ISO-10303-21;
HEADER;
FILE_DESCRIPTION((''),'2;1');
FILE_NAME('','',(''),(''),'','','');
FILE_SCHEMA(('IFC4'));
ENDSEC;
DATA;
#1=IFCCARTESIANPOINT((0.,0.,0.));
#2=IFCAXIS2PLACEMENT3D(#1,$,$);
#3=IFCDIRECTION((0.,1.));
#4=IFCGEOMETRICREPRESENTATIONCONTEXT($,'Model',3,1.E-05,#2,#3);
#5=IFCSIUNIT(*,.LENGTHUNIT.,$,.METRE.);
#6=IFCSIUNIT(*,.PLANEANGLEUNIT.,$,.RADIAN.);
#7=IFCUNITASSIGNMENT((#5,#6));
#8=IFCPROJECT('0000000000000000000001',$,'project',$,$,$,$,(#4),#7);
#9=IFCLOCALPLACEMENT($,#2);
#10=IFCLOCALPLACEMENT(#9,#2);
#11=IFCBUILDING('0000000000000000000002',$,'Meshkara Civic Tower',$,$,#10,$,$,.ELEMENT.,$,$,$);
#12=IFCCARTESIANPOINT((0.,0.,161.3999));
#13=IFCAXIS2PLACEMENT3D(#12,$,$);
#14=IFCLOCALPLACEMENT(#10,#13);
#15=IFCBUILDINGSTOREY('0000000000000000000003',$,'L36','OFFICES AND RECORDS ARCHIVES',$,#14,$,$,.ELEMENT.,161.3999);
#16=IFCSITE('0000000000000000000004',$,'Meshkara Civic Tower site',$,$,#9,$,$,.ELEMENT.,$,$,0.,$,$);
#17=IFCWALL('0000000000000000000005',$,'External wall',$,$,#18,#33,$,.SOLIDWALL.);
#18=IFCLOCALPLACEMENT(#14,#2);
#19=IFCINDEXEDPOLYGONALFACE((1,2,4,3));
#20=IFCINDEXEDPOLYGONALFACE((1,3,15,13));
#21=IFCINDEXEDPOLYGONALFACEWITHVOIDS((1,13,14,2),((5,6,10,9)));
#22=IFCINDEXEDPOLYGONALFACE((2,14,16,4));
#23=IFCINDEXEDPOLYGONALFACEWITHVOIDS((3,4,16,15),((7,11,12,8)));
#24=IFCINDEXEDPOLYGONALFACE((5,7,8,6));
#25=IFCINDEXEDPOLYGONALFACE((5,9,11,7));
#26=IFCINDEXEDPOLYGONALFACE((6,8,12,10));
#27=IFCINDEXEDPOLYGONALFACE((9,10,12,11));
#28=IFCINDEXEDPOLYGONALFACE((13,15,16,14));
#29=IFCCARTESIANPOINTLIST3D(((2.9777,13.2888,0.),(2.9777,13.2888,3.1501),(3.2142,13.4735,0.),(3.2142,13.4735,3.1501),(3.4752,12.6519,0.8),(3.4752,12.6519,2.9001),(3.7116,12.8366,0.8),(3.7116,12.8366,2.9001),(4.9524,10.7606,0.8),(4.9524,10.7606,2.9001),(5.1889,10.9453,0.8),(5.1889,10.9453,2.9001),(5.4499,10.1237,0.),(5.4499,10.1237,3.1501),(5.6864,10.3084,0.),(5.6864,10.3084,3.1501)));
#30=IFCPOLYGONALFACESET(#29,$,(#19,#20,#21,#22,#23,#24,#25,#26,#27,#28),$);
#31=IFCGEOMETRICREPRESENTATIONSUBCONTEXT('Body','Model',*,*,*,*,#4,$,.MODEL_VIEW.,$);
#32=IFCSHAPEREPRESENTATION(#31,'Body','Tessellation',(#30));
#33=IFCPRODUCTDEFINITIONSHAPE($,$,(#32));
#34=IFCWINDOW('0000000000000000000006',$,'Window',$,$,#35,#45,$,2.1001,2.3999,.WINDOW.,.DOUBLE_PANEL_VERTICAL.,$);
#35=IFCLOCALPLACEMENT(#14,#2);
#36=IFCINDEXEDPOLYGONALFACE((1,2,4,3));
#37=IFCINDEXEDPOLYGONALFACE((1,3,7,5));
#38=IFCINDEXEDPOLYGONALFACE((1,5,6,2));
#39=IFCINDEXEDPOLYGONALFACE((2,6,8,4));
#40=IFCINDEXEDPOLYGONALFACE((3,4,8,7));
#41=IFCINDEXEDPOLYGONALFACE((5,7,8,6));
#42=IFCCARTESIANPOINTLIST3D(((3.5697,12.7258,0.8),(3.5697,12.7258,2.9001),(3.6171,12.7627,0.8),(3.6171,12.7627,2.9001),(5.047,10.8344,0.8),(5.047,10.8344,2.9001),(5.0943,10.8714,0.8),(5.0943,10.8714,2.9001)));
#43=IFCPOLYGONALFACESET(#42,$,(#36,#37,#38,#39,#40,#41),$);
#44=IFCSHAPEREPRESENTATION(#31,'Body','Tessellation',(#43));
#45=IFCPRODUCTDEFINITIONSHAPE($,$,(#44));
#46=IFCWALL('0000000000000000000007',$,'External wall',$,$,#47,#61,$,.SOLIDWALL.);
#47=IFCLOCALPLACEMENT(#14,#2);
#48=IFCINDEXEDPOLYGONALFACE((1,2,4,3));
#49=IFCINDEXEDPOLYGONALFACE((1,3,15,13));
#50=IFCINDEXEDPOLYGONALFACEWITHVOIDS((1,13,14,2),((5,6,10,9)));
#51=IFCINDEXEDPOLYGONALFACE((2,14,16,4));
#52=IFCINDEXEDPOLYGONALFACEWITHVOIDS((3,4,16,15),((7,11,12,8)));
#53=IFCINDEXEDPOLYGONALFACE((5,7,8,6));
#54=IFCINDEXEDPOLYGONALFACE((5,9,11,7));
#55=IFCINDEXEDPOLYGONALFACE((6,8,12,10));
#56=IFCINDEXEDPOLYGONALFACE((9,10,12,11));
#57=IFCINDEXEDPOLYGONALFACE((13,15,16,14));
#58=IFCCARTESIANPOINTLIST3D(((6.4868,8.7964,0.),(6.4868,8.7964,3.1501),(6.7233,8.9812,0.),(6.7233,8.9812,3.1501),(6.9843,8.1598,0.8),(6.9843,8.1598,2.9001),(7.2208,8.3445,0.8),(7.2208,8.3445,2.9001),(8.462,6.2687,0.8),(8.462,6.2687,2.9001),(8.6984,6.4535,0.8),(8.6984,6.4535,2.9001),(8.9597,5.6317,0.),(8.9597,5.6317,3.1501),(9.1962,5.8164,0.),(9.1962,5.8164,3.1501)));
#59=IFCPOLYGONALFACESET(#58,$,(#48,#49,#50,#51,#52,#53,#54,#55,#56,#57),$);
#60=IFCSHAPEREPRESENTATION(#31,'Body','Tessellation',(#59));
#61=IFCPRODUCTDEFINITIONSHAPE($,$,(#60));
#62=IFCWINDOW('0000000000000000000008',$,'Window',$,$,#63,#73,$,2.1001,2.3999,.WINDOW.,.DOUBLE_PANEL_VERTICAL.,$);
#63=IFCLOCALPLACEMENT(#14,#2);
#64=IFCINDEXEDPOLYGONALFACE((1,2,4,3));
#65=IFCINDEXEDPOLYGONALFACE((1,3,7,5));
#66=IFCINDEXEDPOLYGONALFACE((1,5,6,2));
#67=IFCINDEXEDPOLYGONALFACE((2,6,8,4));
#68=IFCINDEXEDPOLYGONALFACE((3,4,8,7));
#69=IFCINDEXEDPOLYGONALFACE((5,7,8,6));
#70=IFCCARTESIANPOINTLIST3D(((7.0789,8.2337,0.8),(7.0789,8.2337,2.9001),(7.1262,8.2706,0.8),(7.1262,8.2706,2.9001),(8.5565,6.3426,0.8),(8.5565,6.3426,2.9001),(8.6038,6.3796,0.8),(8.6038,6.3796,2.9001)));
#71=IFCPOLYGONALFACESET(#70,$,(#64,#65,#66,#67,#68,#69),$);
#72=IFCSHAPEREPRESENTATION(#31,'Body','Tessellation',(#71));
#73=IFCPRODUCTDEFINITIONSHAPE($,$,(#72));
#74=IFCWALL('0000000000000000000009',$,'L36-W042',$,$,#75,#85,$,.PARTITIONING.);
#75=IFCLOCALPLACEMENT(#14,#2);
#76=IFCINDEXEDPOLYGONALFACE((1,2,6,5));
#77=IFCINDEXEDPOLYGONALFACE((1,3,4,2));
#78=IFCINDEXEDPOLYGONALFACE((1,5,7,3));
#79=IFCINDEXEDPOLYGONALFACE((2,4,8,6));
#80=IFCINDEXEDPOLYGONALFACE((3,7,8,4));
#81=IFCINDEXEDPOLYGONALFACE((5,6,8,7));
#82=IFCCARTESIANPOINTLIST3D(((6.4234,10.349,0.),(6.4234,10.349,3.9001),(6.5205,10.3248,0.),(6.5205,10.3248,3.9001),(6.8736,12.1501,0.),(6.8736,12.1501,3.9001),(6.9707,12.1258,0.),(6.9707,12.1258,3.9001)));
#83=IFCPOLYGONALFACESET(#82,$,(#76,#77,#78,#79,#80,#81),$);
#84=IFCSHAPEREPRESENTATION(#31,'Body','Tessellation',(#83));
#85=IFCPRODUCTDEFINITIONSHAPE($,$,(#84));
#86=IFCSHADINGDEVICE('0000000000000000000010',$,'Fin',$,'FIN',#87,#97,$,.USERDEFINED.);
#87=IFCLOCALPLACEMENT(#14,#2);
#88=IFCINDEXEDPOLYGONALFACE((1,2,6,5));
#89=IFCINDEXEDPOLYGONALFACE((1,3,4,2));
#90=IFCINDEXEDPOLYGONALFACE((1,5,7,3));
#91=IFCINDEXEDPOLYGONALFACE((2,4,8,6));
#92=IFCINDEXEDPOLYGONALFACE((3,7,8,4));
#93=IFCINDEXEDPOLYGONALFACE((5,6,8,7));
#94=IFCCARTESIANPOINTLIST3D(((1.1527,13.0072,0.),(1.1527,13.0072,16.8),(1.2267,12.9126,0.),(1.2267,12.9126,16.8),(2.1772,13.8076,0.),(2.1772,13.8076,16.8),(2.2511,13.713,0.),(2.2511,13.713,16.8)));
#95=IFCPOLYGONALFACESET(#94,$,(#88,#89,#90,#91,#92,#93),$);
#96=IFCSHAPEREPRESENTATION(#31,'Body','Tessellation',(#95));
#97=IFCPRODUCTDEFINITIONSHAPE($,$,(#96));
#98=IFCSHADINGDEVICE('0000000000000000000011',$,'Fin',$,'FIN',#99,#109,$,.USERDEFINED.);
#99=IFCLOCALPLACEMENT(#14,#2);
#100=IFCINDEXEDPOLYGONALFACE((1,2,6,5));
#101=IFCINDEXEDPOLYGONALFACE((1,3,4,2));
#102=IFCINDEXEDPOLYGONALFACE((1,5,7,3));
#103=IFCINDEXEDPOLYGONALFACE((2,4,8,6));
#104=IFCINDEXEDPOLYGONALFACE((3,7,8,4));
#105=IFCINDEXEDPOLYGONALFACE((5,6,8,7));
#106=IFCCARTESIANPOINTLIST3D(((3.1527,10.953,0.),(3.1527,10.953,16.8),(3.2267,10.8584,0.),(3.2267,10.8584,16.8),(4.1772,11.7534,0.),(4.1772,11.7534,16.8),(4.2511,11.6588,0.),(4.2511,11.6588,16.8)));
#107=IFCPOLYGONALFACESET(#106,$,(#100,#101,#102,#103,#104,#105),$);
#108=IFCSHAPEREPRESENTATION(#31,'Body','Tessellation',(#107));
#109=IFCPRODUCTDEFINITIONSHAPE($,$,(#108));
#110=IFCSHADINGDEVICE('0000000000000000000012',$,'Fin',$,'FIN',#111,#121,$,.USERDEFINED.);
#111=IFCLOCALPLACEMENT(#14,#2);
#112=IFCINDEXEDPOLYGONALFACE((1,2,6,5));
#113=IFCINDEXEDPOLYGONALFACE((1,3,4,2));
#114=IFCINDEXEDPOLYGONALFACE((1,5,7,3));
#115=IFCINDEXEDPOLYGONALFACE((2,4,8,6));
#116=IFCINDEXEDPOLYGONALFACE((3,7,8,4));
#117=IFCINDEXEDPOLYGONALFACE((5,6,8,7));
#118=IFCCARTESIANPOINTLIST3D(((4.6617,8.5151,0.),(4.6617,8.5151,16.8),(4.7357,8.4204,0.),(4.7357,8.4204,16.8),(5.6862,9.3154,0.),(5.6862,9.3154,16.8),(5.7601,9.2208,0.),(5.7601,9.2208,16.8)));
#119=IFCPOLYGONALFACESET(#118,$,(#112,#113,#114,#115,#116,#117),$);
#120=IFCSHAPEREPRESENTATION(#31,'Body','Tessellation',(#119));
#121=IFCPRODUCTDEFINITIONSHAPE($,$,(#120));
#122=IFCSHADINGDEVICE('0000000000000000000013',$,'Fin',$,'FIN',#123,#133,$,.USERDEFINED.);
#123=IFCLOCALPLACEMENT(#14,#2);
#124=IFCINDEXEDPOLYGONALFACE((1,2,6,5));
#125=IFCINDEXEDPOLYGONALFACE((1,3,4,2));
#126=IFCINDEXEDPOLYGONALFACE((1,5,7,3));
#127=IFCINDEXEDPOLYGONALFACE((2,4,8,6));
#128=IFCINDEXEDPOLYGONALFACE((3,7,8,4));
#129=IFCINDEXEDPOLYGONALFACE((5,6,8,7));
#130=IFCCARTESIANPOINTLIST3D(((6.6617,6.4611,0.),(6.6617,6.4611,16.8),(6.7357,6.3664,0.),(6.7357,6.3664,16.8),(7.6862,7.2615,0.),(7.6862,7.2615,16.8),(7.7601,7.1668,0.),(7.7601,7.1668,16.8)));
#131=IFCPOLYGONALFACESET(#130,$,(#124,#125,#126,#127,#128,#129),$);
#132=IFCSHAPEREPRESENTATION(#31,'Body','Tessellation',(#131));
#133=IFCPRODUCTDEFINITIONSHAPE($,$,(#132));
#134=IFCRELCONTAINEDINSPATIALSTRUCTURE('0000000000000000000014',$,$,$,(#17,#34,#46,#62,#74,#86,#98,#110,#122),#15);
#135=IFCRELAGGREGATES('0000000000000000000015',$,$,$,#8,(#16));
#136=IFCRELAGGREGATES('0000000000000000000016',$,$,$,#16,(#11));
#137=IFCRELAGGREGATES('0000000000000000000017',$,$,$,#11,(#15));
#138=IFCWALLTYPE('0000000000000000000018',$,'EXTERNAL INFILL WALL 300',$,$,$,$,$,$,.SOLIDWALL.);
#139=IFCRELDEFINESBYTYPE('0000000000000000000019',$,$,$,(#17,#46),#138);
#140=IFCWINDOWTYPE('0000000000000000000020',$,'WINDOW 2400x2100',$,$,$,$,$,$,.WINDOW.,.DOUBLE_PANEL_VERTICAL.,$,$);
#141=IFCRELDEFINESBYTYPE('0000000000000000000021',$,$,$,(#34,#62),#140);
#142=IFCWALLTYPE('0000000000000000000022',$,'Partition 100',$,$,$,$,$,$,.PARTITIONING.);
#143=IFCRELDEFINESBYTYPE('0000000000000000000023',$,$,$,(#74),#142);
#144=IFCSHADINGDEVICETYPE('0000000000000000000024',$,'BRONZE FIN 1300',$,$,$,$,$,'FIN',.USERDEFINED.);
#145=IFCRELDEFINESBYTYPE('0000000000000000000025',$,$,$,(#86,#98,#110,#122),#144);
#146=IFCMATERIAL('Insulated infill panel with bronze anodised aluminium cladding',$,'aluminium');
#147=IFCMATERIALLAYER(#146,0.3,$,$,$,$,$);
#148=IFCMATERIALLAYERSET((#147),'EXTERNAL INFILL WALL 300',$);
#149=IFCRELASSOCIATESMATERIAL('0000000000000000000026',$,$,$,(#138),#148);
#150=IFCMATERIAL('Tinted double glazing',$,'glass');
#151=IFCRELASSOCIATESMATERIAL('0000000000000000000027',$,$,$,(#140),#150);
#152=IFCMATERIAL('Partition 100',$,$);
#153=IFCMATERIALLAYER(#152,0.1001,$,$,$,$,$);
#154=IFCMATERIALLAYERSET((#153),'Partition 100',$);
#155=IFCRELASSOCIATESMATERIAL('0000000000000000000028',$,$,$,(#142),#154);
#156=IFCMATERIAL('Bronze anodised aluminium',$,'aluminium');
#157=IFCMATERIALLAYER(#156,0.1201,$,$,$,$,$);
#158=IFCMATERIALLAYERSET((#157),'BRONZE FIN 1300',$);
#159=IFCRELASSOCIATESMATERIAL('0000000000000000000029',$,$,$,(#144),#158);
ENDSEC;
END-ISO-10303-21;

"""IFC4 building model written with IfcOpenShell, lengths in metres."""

from ifc_helpers import new_model, si_unit, direction, frame, frame_2d, origin, origin_2d, place, context, subcontext, project, spatial, rectangle, extrude, material, layer, layer_set, type_object, element, fill, save


model = new_model("IFC4")

# Units and contexts
model_context = context("Model", 3, precision=1e-05, world=origin(), true_north=direction((0.0, 1.0)))
body_context = subcontext(model_context, "Body", "Model", "MODEL_VIEW")
ifc_project = project(units=[si_unit("LENGTHUNIT", "METRE"), si_unit("PLANEANGLEUNIT", "RADIAN")], contexts=[model_context])

# Site, building, storey
site_placement = place(None, origin())
site = spatial("IfcSite", under=ifc_project, at=site_placement, Name="Meshkara Civic Tower site", CompositionType="ELEMENT", RefElevation=0.0)
building_placement = place(site_placement, origin())
building = spatial("IfcBuilding", under=site, at=building_placement, Name="Meshkara Civic Tower", CompositionType="ELEMENT")
storey_placement = place(building_placement, frame((0.0, 0.0, 161.3999)))
storey = spatial("IfcBuildingStorey", under=building, at=storey_placement, Name="L36", Description="OFFICES AND RECORDS ARCHIVES", CompositionType="ELEMENT", Elevation=161.3999)

# Walls, openings, windows
ifc_material_1 = material(Name="Insulated infill panel with bronze anodised aluminium cladding", Category="aluminium")
ifc_layer_1 = layer(ifc_material_1, 0.3)
ifc_layer_set_1 = layer_set([ifc_layer_1], Name="EXTERNAL INFILL WALL 300")
wall_type_1 = type_object("IfcWallType", Name="EXTERNAL INFILL WALL 300", PredefinedType="SOLIDWALL", material=ifc_layer_set_1)
wall_1_placement = place(storey_placement, frame((3.0959, 13.3811, 0.0), z_axis=(0.0, 0.0, 1.0), x_axis=(0.615564, -0.788087, 0.0)))
wall_1 = element("IfcWall", 1, at=wall_1_placement, inside=storey, type_object=wall_type_1, Name="External wall", PredefinedType="SOLIDWALL", context=body_context, shape_type="SweptSolid", body=[
    extrude(rectangle(XDim=4.0161, YDim=0.3, at=frame_2d((2.0081, 0.0))), origin(), (0.0, 0.0, 1.0), 3.1501),
])
opening_1_placement = place(wall_1_placement, frame((0.8081, 0.0, 0.8)))
opening_1 = element("IfcOpeningElement", 2, at=opening_1_placement, cuts=wall_1, PredefinedType="OPENING", context=body_context, shape_type="SweptSolid", body=[
    extrude(rectangle(XDim=2.3999, YDim=2.1001, at=frame_2d((1.2, 1.05))), frame((0.0, 0.1599, 0.0), z_axis=(0.0, -1.0, 0.0), x_axis=(1.0, 0.0, 0.0)), (0.0, 0.0, 1.0), 0.3201),
])
ifc_material_2 = material(Name="Tinted double glazing", Category="glass")
window_type = type_object("IfcWindowType", Name="WINDOW 2400x2100", PartitioningType="DOUBLE_PANEL_VERTICAL", PredefinedType="WINDOW", material=ifc_material_2)
window_1_placement = place(opening_1_placement, origin())
window_1 = element("IfcWindow", 3, at=window_1_placement, inside=storey, type_object=window_type, Name="Window", OverallHeight=2.1001, OverallWidth=2.3999, PartitioningType="DOUBLE_PANEL_VERTICAL", PredefinedType="WINDOW", context=body_context, shape_type="SweptSolid", body=[
    extrude(rectangle(XDim=2.3999, YDim=2.1001, at=frame_2d((1.2, 1.05))), frame((0.0, 0.03, 0.0), z_axis=(0.0, -1.0, 0.0), x_axis=(1.0, 0.0, 0.0)), (0.0, 0.0, 1.0), 0.0601),
])
fill(opening_1, window_1)
wall_2_placement = place(storey_placement, frame((6.605, 8.8889, 0.0), z_axis=(0.0, 0.0, 1.0), x_axis=(0.615707, -0.787976, 0.0)))
wall_2 = element("IfcWall", 4, at=wall_2_placement, inside=storey, type_object=wall_type_1, Name="External wall", PredefinedType="SOLIDWALL", context=body_context, shape_type="SweptSolid", body=[
    extrude(rectangle(XDim=4.0164, YDim=0.3, at=frame_2d((2.0083, 0.0))), origin(), (0.0, 0.0, 1.0), 3.1501),
])
opening_2_placement = place(wall_2_placement, frame((0.8081, 0.0, 0.8)))
opening_2 = element("IfcOpeningElement", 5, at=opening_2_placement, cuts=wall_2, PredefinedType="OPENING", context=body_context, shape_type="SweptSolid", body=[
    extrude(rectangle(XDim=2.3999, YDim=2.1001, at=frame_2d((1.2, 1.05))), frame((0.0, 0.1599, 0.0), z_axis=(0.0, -1.0, 0.0), x_axis=(1.0, 0.0, 0.0)), (0.0, 0.0, 1.0), 0.3201),
])
window_2_placement = place(opening_2_placement, origin())
window_2 = element("IfcWindow", 6, at=window_2_placement, inside=storey, type_object=window_type, Name="Window", OverallHeight=2.1001, OverallWidth=2.3999, PartitioningType="DOUBLE_PANEL_VERTICAL", PredefinedType="WINDOW", context=body_context, shape_type="SweptSolid", body=[
    extrude(rectangle(XDim=2.3999, YDim=2.1001, at=frame_2d((1.2, 1.05))), frame((0.0, 0.03, 0.0), z_axis=(0.0, -1.0, 0.0), x_axis=(1.0, 0.0, 0.0)), (0.0, 0.0, 1.0), 0.0601),
])
fill(opening_2, window_2)

# Wall
ifc_material_3 = material(Name="Partition 100")
ifc_layer_2 = layer(ifc_material_3, 0.1001)
ifc_layer_set_2 = layer_set([ifc_layer_2], Name="Partition 100")
wall_type_2 = type_object("IfcWallType", Name="Partition 100", PredefinedType="PARTITIONING", material=ifc_layer_set_2)
wall_3_placement = place(storey_placement, frame((6.9221, 12.1379, 0.0), z_axis=(0.0, 0.0, 1.0), x_axis=(-0.242505, -0.97015, 0.0)))
element("IfcWall", 7, at=wall_3_placement, inside=storey, type_object=wall_type_2, Name="L36-W042", PredefinedType="PARTITIONING", context=body_context, shape_type="SweptSolid", body=[
    extrude(rectangle(XDim=1.8564, YDim=0.1001, at=frame_2d((0.9282, 0.0))), origin(), (0.0, 0.0, 1.0), 3.9001),
])

# Shading devices
ifc_material_4 = material(Name="Bronze anodised aluminium", Category="aluminium")
ifc_layer_3 = layer(ifc_material_4, 0.1201)
ifc_layer_set_3 = layer_set([ifc_layer_3], Name="BRONZE FIN 1300")
shading_device_type = type_object("IfcShadingDeviceType", Name="BRONZE FIN 1300", ElementType="FIN", PredefinedType="USERDEFINED", material=ifc_layer_set_3)
for number, where, z_axis, x_axis, name in (
    (8, (1.7019, 13.3601, 0.0), (0.0, 0.0, 1.0), (0.615661, -0.788011, 0.0), "Fin"),
    (9, (3.7019, 11.3059, 0.0), (0.0, 0.0, 1.0), (0.615661, -0.788011, 0.0), "Fin"),
    (10, (5.2109, 8.8679, 0.0), (0.0, 0.0, 1.0), (0.615661, -0.788011, 0.0), "Fin"),
    (11, (7.2109, 6.814, 0.0), (0.0, 0.0, 1.0), (0.615661, -0.788011, 0.0), "Fin"),
):
    element("IfcShadingDevice", number, at=place(storey_placement, frame(where, z_axis=z_axis, x_axis=x_axis)), inside=storey, type_object=shading_device_type, Name=name, ObjectType="FIN", PredefinedType="USERDEFINED", context=body_context, shape_type="SweptSolid", body=[
        extrude(rectangle(XDim=0.1201, YDim=1.3, at=origin_2d()), origin(), (0.0, 0.0, 1.0), 16.8),
    ])

save(model, "model.ifc")
